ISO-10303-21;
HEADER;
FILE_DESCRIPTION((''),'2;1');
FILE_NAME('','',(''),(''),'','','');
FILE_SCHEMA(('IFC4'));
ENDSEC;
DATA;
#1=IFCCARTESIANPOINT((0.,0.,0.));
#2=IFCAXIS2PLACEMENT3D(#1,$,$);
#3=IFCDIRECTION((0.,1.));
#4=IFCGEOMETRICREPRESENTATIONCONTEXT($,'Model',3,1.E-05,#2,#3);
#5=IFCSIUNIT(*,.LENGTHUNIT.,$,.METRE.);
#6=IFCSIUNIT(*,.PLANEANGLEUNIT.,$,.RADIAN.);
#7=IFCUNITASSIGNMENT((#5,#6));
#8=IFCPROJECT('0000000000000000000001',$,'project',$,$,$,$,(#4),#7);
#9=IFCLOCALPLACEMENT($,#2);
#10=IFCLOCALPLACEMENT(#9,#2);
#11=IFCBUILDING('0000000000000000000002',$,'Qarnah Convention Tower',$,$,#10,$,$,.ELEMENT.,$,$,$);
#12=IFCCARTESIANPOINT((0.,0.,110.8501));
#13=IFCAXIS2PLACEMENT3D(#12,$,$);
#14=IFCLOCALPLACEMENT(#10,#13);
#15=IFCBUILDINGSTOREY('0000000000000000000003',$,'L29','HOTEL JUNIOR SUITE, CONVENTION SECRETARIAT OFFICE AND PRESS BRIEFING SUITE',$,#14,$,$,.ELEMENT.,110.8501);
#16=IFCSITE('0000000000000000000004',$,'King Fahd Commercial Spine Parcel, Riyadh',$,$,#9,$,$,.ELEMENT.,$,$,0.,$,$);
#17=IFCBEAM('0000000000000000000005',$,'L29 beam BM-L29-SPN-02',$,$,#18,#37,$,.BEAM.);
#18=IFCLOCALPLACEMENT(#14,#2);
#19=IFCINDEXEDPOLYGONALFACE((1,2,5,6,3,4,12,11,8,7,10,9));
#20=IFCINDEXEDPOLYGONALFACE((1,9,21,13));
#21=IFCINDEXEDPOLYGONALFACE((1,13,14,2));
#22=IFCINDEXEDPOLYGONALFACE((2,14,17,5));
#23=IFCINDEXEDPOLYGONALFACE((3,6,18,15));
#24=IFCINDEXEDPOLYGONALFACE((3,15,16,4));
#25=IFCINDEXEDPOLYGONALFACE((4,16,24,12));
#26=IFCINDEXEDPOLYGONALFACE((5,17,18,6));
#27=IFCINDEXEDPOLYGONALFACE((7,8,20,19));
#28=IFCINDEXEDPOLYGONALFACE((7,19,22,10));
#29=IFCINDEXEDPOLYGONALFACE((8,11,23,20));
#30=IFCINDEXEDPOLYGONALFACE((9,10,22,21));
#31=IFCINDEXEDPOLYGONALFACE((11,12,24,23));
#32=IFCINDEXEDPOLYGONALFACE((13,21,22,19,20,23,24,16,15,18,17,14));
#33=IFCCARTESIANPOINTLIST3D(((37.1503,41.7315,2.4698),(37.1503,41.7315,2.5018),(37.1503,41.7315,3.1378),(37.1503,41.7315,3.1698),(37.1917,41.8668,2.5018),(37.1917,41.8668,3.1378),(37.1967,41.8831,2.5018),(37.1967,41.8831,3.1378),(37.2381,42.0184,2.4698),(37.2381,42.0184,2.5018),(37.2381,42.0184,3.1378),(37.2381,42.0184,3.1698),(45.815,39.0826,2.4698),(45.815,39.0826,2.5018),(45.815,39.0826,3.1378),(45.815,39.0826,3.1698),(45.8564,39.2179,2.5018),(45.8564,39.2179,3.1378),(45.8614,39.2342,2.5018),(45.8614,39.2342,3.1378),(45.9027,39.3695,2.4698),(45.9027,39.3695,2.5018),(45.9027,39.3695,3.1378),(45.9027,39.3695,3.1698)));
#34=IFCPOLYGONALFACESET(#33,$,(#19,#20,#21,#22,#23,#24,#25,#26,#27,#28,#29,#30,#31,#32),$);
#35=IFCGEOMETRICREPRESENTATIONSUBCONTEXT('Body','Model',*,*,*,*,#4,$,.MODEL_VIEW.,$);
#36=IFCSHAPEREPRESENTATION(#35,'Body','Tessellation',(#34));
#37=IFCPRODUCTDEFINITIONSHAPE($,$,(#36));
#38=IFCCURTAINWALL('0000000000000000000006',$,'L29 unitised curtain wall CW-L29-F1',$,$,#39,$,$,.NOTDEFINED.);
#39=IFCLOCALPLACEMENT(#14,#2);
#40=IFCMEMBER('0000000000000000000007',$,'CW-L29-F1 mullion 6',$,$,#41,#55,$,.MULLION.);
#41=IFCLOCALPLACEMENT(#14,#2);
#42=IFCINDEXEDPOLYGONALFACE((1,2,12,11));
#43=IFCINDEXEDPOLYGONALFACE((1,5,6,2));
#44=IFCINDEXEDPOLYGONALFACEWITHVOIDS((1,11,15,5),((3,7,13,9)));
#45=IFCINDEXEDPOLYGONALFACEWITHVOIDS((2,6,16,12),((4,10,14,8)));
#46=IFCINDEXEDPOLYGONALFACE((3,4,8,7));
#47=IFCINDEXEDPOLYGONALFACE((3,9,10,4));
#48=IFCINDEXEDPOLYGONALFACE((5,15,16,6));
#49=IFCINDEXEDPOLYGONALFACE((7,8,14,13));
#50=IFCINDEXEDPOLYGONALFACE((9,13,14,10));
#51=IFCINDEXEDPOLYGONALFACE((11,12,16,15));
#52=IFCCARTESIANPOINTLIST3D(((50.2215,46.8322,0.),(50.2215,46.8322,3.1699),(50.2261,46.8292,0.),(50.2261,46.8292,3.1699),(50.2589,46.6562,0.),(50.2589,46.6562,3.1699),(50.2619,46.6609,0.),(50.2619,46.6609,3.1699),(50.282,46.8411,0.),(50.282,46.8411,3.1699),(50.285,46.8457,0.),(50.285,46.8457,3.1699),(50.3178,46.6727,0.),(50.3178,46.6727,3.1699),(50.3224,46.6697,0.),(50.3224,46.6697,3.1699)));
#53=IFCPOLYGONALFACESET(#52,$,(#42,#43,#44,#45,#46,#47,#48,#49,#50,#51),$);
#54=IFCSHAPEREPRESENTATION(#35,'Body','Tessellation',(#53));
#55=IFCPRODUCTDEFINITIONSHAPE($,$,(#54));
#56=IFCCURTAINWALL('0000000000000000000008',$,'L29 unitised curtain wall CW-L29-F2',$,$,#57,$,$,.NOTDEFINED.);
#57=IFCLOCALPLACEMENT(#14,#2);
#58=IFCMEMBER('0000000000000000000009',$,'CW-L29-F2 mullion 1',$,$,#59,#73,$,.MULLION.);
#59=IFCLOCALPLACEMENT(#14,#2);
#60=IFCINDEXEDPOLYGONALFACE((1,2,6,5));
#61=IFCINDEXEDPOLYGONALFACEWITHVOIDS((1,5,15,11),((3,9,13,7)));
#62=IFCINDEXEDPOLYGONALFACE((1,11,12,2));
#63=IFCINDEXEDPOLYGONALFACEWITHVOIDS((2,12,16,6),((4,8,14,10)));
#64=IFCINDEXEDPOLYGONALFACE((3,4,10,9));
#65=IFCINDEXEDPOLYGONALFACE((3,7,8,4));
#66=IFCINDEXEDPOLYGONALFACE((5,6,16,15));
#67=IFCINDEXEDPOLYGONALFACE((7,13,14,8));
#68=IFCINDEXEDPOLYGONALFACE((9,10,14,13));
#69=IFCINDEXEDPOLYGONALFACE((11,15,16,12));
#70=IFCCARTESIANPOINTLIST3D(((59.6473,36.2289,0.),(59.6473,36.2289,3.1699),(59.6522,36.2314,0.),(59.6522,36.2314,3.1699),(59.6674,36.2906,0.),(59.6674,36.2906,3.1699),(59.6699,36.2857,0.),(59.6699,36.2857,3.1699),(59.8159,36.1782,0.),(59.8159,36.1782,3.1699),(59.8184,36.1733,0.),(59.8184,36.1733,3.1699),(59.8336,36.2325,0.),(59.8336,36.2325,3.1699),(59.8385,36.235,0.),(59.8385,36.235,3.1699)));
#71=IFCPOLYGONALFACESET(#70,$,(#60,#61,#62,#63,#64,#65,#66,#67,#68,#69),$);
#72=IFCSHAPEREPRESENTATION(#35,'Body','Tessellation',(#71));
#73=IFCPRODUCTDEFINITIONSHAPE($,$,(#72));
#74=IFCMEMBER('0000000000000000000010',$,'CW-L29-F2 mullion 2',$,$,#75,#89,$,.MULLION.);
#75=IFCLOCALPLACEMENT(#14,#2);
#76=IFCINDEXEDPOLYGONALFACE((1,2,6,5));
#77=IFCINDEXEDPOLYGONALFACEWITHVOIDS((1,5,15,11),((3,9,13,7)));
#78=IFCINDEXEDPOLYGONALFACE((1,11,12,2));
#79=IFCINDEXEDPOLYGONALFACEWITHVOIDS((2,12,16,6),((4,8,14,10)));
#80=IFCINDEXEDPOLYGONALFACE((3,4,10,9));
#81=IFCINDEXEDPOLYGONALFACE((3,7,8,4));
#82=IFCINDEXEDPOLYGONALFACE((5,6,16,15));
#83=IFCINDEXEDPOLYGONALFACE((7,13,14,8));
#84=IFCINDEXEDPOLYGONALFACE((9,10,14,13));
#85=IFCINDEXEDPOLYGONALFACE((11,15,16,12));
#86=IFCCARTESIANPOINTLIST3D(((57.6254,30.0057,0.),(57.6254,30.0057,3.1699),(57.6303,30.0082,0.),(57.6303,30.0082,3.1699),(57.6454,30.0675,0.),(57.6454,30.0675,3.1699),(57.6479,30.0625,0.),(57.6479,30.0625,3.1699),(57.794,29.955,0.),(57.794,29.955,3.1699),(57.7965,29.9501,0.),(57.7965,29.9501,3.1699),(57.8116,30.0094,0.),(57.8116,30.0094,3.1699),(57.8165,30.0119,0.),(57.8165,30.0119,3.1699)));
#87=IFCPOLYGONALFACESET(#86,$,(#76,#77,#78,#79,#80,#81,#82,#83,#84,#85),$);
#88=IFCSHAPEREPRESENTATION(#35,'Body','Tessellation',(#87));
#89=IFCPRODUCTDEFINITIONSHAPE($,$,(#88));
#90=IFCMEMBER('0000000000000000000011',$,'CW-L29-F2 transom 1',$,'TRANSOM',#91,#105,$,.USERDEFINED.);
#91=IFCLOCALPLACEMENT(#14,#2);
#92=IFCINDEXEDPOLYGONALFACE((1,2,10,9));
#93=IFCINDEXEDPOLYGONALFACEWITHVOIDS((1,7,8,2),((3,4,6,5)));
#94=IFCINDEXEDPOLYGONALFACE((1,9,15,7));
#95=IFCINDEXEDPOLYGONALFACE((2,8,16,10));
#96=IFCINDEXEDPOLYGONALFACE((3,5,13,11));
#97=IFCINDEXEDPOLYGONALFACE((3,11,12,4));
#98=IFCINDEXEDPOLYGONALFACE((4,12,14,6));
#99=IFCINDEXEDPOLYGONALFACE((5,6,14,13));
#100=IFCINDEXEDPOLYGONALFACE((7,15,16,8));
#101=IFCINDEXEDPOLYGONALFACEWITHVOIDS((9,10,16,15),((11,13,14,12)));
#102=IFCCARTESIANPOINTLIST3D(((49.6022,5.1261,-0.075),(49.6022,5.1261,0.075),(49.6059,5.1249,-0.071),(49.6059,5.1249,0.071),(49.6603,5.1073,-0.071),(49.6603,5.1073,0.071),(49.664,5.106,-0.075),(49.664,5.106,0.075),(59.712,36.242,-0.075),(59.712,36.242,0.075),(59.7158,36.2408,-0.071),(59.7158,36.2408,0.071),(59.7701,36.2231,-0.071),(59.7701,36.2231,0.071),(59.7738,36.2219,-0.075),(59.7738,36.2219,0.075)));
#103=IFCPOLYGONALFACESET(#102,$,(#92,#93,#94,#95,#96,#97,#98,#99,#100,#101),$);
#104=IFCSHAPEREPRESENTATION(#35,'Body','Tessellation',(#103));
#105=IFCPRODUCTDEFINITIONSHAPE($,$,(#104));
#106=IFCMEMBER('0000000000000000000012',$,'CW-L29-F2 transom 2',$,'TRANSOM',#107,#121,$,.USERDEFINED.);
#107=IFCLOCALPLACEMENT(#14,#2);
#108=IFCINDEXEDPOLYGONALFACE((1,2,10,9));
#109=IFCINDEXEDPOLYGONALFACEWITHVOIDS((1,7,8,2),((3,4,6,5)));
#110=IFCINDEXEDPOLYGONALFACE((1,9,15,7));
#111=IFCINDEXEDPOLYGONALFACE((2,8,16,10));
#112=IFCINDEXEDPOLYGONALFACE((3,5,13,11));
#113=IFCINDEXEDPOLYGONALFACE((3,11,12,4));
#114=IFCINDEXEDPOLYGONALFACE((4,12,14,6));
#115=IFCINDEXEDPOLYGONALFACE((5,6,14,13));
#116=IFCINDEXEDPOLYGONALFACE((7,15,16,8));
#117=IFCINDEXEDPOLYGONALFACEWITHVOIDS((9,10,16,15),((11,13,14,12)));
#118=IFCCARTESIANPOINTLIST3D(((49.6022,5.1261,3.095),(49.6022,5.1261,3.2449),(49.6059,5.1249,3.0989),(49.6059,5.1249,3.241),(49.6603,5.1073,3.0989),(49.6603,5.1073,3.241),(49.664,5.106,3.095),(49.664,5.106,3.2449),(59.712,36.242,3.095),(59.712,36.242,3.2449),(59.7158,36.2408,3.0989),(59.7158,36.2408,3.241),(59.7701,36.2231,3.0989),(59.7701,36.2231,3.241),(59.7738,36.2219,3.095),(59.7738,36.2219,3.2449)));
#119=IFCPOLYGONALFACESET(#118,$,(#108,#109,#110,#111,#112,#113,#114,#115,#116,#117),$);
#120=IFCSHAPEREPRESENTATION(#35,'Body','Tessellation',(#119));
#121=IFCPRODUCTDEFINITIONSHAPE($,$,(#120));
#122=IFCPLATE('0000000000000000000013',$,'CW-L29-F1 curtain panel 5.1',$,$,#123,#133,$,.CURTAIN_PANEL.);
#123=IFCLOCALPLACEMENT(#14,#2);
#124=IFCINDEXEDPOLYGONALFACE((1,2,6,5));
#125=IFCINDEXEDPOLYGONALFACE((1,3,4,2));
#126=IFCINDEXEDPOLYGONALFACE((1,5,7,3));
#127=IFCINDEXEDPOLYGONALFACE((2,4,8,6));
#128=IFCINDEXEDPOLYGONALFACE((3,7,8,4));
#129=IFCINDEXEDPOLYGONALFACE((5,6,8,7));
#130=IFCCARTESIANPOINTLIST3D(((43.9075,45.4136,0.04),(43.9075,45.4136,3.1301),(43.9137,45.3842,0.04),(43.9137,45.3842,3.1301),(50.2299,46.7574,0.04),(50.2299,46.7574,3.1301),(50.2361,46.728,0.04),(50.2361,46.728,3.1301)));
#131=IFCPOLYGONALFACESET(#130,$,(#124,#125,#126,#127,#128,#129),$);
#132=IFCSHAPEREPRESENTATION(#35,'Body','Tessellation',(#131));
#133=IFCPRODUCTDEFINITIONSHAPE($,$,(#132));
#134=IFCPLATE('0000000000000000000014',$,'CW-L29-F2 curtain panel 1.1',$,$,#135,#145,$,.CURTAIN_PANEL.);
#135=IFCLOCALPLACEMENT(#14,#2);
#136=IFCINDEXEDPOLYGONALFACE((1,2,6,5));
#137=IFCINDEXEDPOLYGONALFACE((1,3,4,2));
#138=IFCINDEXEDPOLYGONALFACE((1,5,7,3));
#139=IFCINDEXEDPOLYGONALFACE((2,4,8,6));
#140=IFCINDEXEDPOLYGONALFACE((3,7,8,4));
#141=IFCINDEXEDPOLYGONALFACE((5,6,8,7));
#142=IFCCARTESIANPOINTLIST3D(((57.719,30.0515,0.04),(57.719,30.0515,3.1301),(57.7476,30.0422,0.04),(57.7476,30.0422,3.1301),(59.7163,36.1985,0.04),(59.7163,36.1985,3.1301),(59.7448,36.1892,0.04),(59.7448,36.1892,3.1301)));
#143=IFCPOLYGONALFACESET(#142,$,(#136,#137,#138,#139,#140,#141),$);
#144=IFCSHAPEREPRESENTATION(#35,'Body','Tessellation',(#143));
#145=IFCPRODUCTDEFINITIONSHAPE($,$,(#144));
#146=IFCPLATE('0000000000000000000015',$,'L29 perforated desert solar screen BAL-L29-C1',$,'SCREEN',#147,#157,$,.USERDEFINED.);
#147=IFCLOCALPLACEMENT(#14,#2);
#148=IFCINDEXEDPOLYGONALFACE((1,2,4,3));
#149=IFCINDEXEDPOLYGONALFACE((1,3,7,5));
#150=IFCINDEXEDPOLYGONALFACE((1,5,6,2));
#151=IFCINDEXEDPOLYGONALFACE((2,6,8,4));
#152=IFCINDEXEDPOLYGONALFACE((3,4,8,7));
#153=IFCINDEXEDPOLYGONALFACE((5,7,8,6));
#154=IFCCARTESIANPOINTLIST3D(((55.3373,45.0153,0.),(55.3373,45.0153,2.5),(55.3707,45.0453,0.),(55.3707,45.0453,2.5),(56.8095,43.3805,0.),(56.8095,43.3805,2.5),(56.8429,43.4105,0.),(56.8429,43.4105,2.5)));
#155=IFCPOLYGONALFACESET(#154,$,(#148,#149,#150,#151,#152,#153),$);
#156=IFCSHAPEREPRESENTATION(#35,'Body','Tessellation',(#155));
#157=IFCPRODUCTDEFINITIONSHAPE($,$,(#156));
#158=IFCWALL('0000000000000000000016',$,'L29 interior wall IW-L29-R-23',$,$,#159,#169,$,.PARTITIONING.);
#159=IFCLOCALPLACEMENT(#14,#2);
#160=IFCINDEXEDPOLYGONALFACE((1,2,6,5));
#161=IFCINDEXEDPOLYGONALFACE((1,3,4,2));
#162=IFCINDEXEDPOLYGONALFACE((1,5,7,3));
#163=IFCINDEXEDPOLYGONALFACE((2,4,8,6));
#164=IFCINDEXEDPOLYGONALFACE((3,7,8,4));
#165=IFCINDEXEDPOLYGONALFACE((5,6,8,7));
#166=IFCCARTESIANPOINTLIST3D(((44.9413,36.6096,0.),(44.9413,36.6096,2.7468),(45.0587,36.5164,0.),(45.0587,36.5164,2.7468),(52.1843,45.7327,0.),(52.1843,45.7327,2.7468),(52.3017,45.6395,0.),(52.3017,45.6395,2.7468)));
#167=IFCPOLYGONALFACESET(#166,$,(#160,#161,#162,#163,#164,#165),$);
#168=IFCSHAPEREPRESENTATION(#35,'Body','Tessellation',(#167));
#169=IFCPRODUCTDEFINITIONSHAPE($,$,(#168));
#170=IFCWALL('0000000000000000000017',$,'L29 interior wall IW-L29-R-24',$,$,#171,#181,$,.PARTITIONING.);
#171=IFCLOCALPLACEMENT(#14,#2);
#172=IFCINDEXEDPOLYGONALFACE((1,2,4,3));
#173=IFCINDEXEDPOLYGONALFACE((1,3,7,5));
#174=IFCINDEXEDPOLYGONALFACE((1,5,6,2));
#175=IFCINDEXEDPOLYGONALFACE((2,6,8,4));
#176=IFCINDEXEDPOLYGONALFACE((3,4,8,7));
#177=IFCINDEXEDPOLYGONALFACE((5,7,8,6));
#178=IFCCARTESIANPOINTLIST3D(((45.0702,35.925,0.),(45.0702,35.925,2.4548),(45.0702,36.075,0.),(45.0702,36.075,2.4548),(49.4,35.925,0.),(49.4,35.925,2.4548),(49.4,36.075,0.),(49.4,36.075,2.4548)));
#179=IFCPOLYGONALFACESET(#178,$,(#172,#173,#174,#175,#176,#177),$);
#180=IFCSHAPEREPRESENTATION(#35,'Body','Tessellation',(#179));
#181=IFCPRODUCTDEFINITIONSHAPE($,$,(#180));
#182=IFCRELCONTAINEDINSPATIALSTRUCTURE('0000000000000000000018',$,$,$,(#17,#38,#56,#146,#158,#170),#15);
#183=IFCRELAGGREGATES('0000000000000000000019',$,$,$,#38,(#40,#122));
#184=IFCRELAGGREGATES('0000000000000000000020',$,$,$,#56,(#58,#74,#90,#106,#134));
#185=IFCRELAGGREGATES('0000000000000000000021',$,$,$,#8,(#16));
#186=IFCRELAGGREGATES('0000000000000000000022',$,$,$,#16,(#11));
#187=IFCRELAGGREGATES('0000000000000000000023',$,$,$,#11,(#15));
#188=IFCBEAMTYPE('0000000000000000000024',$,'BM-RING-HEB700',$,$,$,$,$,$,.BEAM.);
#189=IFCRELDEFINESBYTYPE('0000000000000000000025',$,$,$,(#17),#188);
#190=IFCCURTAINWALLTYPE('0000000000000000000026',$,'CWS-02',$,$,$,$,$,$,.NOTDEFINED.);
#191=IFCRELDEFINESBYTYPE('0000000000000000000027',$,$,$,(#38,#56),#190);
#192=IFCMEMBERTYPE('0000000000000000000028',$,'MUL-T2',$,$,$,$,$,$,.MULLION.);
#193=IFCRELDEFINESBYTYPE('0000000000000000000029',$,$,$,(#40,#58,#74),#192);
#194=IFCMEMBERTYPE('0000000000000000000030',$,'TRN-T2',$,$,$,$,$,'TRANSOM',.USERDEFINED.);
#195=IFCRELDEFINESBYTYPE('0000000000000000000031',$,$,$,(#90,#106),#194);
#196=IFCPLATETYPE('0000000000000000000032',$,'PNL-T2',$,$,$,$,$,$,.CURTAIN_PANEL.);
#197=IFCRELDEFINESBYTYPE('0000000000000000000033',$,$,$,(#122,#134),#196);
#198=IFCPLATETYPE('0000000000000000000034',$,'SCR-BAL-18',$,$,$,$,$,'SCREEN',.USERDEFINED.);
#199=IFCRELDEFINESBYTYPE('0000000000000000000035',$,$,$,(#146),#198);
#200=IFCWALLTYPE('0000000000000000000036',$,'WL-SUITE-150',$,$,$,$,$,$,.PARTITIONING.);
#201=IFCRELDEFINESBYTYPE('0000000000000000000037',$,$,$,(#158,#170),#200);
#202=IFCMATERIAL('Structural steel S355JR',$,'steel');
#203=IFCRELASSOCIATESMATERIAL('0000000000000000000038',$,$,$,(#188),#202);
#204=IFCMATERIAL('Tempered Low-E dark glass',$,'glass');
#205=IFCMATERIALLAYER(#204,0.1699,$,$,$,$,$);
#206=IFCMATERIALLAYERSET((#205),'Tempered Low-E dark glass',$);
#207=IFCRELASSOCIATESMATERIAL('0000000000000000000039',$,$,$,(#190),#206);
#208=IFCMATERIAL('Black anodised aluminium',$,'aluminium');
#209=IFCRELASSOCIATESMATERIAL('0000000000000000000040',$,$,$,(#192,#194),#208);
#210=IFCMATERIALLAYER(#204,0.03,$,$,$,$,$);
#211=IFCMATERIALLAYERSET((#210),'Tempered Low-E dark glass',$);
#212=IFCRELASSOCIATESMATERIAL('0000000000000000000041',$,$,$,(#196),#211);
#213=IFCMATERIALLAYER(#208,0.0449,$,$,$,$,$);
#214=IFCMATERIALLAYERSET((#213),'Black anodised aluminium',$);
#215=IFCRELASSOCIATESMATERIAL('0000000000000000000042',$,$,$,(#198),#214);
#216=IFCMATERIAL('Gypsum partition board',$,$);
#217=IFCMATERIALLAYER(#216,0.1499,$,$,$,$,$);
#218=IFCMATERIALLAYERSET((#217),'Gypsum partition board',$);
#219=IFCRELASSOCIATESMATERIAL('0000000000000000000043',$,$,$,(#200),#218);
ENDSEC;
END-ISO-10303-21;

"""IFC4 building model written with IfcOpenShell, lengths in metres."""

from ifc_helpers import new_model, si_unit, direction, frame, frame_2d, origin, origin_2d, place, context, subcontext, project, spatial, rectangle, hollow_rectangle, i_section, extrude, material, layer, layer_set, material_profile, profile_set, type_object, element, aggregate, save


model = new_model("IFC4")

# Units and contexts
model_context = context("Model", 3, precision=1e-05, world=origin(), true_north=direction((0.0, 1.0)))
body_context = subcontext(model_context, "Body", "Model", "MODEL_VIEW")
ifc_project = project(units=[si_unit("LENGTHUNIT", "METRE"), si_unit("PLANEANGLEUNIT", "RADIAN")], contexts=[model_context])

# Site, building, storey
site_placement = place(None, origin())
site = spatial("IfcSite", under=ifc_project, at=site_placement, Name="King Fahd Commercial Spine Parcel, Riyadh", CompositionType="ELEMENT", RefElevation=0.0)
building_placement = place(site_placement, origin())
building = spatial("IfcBuilding", under=site, at=building_placement, Name="Qarnah Convention Tower", CompositionType="ELEMENT")
storey_placement = place(building_placement, frame((0.0, 0.0, 110.8501)))
storey = spatial("IfcBuildingStorey", under=building, at=storey_placement, Name="L29", Description="HOTEL JUNIOR SUITE, CONVENTION SECRETARIAT OFFICE AND PRESS BRIEFING SUITE", CompositionType="ELEMENT", Elevation=110.8501)

# Beam
ifc_material_1 = material(Name="Structural steel S355JR", Category="steel")
ifc_material_profile_1 = material_profile(ifc_material_1, i_section(OverallWidth=0.3, OverallDepth=0.7, WebThickness=0.0171, FlangeThickness=0.032, at=origin_2d()), Name="HEB700")
ifc_profile_set_1 = profile_set([ifc_material_profile_1], Name="Structural steel S355JR")
beam_type_1 = type_object("IfcBeamType", Name="BM-RING-HEB700", PredefinedType="BEAM", material=ifc_profile_set_1)
beam_1_placement = place(storey_placement, frame((45.8589, 39.2261, 2.8198), z_axis=(-0.95631, 0.292355, 0.0), x_axis=(-0.292355, -0.95631, 0.0)))
element("IfcBeam", 1, at=beam_1_placement, inside=storey, type_object=beam_type_1, Name="L29 beam BM-L29-SPN-02", PredefinedType="BEAM", context=body_context, shape_type="SweptSolid", body=[
    extrude(i_section(OverallWidth=0.3, OverallDepth=0.7, WebThickness=0.0171, FlangeThickness=0.032, at=origin_2d()), origin(), (0.0, 0.0, 1.0), 9.0605),
])

# Curtain wall, member
ifc_material_2 = material(Name="Tempered Low-E dark glass", Category="glass")
ifc_layer_1 = layer(ifc_material_2, 0.1699)
ifc_layer_set_1 = layer_set([ifc_layer_1], Name="Tempered Low-E dark glass")
curtain_wall_type = type_object("IfcCurtainWallType", Name="CWS-02", PredefinedType="NOTDEFINED", material=ifc_layer_set_1)
curtain_wall_1_placement = place(storey_placement, origin())
curtain_wall_1 = element("IfcCurtainWall", 2, at=curtain_wall_1_placement, inside=storey, type_object=curtain_wall_type, Name="L29 unitised curtain wall CW-L29-F1", PredefinedType="NOTDEFINED")
ifc_material_3 = material(Name="Black anodised aluminium", Category="aluminium")
ifc_material_profile_2 = material_profile(ifc_material_3, hollow_rectangle(XDim=0.0649, YDim=0.1799, WallThickness=0.0039, at=origin_2d()), Name="MUL-65X180")
ifc_profile_set_2 = profile_set([ifc_material_profile_2], Name="Black anodised aluminium")
member_type_1 = type_object("IfcMemberType", Name="MUL-T2", PredefinedType="MULLION", material=ifc_profile_set_2)
member_1_placement = place(storey_placement, frame((50.272, 46.751, 0.0), z_axis=(0.0, 0.0, 1.0), x_axis=(0.97815, 0.207899, 0.0)))
member_1 = element("IfcMember", 3, at=member_1_placement, type_object=member_type_1, Name="CW-L29-F1 mullion 6", PredefinedType="MULLION", context=body_context, shape_type="SweptSolid", body=[
    extrude(hollow_rectangle(XDim=0.0649, YDim=0.1799, WallThickness=0.0039, at=origin_2d()), origin(), (0.0, 0.0, 1.0), 3.1699),
])

# Curtain wall, members
curtain_wall_2_placement = place(storey_placement, origin())
curtain_wall_2 = element("IfcCurtainWall", 4, at=curtain_wall_2_placement, inside=storey, type_object=curtain_wall_type, Name="L29 unitised curtain wall CW-L29-F2", PredefinedType="NOTDEFINED")
member_2_placement = place(storey_placement, frame((59.7429, 36.2319, 0.0), z_axis=(0.0, 0.0, 1.0), x_axis=(-0.309011, -0.951058, 0.0)))
member_2 = element("IfcMember", 5, at=member_2_placement, type_object=member_type_1, Name="CW-L29-F2 mullion 1", PredefinedType="MULLION", context=body_context, shape_type="SweptSolid", body=[
    extrude(hollow_rectangle(XDim=0.0649, YDim=0.1799, WallThickness=0.0039, at=origin_2d()), origin(), (0.0, 0.0, 1.0), 3.1699),
])
member_3_placement = place(storey_placement, frame((57.7209, 30.0088, 0.0), z_axis=(0.0, 0.0, 1.0), x_axis=(-0.309011, -0.951058, 0.0)))
member_3 = element("IfcMember", 6, at=member_3_placement, type_object=member_type_1, Name="CW-L29-F2 mullion 2", PredefinedType="MULLION", context=body_context, shape_type="SweptSolid", body=[
    extrude(hollow_rectangle(XDim=0.0649, YDim=0.1799, WallThickness=0.0039, at=origin_2d()), origin(), (0.0, 0.0, 1.0), 3.1699),
])
ifc_material_profile_3 = material_profile(ifc_material_3, hollow_rectangle(XDim=0.0649, YDim=0.1499, WallThickness=0.0039, at=origin_2d()), Name="TRN-65X150")
ifc_profile_set_3 = profile_set([ifc_material_profile_3], Name="Black anodised aluminium")
member_type_2 = type_object("IfcMemberType", Name="TRN-T2", ElementType="TRANSOM", PredefinedType="USERDEFINED", material=ifc_profile_set_3)
member_4_placement = place(storey_placement, frame((59.7429, 36.2319, 0.0), z_axis=(-0.309008, -0.951059, 0.0), x_axis=(0.951059, -0.309008, 0.0)))
member_4 = element("IfcMember", 7, at=member_4_placement, type_object=member_type_2, Name="CW-L29-F2 transom 1", ObjectType="TRANSOM", PredefinedType="USERDEFINED", context=body_context, shape_type="SweptSolid", body=[
    extrude(hollow_rectangle(XDim=0.0649, YDim=0.1499, WallThickness=0.0039, at=origin_2d()), origin(), (0.0, 0.0, 1.0), 32.717),
])
member_5_placement = place(storey_placement, frame((59.7429, 36.2319, 3.1699), z_axis=(-0.309008, -0.951059, 0.0), x_axis=(0.951059, -0.309008, 0.0)))
member_5 = element("IfcMember", 8, at=member_5_placement, type_object=member_type_2, Name="CW-L29-F2 transom 2", ObjectType="TRANSOM", PredefinedType="USERDEFINED", context=body_context, shape_type="SweptSolid", body=[
    extrude(hollow_rectangle(XDim=0.0649, YDim=0.1499, WallThickness=0.0039, at=origin_2d()), origin(), (0.0, 0.0, 1.0), 32.717),
])

# Plates
ifc_layer_2 = layer(ifc_material_2, 0.03)
ifc_layer_set_2 = layer_set([ifc_layer_2], Name="Tempered Low-E dark glass")
plate_type_1 = type_object("IfcPlateType", Name="PNL-T2", PredefinedType="CURTAIN_PANEL", material=ifc_layer_set_2)
plate_1_placement = place(storey_placement, frame((47.0718, 46.0708, 0.04), z_axis=(0.0, 0.0, 1.0), x_axis=(0.97815, 0.207899, 0.0)))
plate_1 = element("IfcPlate", 9, at=plate_1_placement, type_object=plate_type_1, Name="CW-L29-F1 curtain panel 5.1", PredefinedType="CURTAIN_PANEL", context=body_context, shape_type="SweptSolid", body=[
    extrude(rectangle(XDim=6.4636, YDim=0.03, at=origin_2d()), origin(), (0.0, 0.0, 1.0), 3.0901),
])
aggregate(curtain_wall_1, [member_1, plate_1])
plate_2_placement = place(storey_placement, frame((58.7319, 33.1204, 0.04), z_axis=(0.0, 0.0, 1.0), x_axis=(-0.309011, -0.951058, 0.0)))
plate_2 = element("IfcPlate", 10, at=plate_2_placement, type_object=plate_type_1, Name="CW-L29-F2 curtain panel 1.1", PredefinedType="CURTAIN_PANEL", context=body_context, shape_type="SweptSolid", body=[
    extrude(rectangle(XDim=6.4634, YDim=0.03, at=origin_2d()), origin(), (0.0, 0.0, 1.0), 3.0901),
])
aggregate(curtain_wall_2, [member_2, member_3, member_4, member_5, plate_2])
ifc_layer_3 = layer(ifc_material_3, 0.0449)
ifc_layer_set_3 = layer_set([ifc_layer_3], Name="Black anodised aluminium")
plate_type_2 = type_object("IfcPlateType", Name="SCR-BAL-18", ElementType="SCREEN", PredefinedType="USERDEFINED", material=ifc_layer_set_3)
plate_3_placement = place(storey_placement, frame((56.0901, 44.2129, 0.0), z_axis=(0.0, 0.0, 1.0), x_axis=(0.669181, -0.743099, 0.0)))
element("IfcPlate", 11, at=plate_3_placement, inside=storey, type_object=plate_type_2, Name="L29 perforated desert solar screen BAL-L29-C1", ObjectType="SCREEN", PredefinedType="USERDEFINED", context=body_context, shape_type="SweptSolid", body=[
    extrude(rectangle(XDim=2.2, YDim=0.0449, at=origin_2d()), origin(), (0.0, 0.0, 1.0), 2.5),
])

# Walls
ifc_material_4 = material(Name="Gypsum partition board")
ifc_layer_4 = layer(ifc_material_4, 0.1499)
ifc_layer_set_4 = layer_set([ifc_layer_4], Name="Gypsum partition board")
wall_type_1 = type_object("IfcWallType", Name="WL-SUITE-150", PredefinedType="PARTITIONING", material=ifc_layer_set_4)
wall_1_placement = place(storey_placement, frame((52.2429, 45.686, 0.0), z_axis=(0.0, 0.0, 1.0), x_axis=(-0.621785, -0.783188, 0.0)))
element("IfcWall", 12, at=wall_1_placement, inside=storey, type_object=wall_type_1, Name="L29 interior wall IW-L29-R-23", PredefinedType="PARTITIONING", context=body_context, shape_type="SweptSolid", body=[
    extrude(rectangle(XDim=11.6487, YDim=0.1499, at=frame_2d((5.8242, 0.0))), origin(), (0.0, 0.0, 1.0), 2.7468),
])
wall_2_placement = place(storey_placement, frame((45.0701, 36.0, 0.0), z_axis=(0.0, 0.0, 1.0), x_axis=(1.0, 0.0, 0.0)))
element("IfcWall", 13, at=wall_2_placement, inside=storey, type_object=wall_type_1, Name="L29 interior wall IW-L29-R-24", PredefinedType="PARTITIONING", context=body_context, shape_type="SweptSolid", body=[
    extrude(rectangle(XDim=4.3298, YDim=0.1499, at=frame_2d((2.165, 0.0))), origin(), (0.0, 0.0, 1.0), 2.4548),
])

save(model, "model.ifc")
